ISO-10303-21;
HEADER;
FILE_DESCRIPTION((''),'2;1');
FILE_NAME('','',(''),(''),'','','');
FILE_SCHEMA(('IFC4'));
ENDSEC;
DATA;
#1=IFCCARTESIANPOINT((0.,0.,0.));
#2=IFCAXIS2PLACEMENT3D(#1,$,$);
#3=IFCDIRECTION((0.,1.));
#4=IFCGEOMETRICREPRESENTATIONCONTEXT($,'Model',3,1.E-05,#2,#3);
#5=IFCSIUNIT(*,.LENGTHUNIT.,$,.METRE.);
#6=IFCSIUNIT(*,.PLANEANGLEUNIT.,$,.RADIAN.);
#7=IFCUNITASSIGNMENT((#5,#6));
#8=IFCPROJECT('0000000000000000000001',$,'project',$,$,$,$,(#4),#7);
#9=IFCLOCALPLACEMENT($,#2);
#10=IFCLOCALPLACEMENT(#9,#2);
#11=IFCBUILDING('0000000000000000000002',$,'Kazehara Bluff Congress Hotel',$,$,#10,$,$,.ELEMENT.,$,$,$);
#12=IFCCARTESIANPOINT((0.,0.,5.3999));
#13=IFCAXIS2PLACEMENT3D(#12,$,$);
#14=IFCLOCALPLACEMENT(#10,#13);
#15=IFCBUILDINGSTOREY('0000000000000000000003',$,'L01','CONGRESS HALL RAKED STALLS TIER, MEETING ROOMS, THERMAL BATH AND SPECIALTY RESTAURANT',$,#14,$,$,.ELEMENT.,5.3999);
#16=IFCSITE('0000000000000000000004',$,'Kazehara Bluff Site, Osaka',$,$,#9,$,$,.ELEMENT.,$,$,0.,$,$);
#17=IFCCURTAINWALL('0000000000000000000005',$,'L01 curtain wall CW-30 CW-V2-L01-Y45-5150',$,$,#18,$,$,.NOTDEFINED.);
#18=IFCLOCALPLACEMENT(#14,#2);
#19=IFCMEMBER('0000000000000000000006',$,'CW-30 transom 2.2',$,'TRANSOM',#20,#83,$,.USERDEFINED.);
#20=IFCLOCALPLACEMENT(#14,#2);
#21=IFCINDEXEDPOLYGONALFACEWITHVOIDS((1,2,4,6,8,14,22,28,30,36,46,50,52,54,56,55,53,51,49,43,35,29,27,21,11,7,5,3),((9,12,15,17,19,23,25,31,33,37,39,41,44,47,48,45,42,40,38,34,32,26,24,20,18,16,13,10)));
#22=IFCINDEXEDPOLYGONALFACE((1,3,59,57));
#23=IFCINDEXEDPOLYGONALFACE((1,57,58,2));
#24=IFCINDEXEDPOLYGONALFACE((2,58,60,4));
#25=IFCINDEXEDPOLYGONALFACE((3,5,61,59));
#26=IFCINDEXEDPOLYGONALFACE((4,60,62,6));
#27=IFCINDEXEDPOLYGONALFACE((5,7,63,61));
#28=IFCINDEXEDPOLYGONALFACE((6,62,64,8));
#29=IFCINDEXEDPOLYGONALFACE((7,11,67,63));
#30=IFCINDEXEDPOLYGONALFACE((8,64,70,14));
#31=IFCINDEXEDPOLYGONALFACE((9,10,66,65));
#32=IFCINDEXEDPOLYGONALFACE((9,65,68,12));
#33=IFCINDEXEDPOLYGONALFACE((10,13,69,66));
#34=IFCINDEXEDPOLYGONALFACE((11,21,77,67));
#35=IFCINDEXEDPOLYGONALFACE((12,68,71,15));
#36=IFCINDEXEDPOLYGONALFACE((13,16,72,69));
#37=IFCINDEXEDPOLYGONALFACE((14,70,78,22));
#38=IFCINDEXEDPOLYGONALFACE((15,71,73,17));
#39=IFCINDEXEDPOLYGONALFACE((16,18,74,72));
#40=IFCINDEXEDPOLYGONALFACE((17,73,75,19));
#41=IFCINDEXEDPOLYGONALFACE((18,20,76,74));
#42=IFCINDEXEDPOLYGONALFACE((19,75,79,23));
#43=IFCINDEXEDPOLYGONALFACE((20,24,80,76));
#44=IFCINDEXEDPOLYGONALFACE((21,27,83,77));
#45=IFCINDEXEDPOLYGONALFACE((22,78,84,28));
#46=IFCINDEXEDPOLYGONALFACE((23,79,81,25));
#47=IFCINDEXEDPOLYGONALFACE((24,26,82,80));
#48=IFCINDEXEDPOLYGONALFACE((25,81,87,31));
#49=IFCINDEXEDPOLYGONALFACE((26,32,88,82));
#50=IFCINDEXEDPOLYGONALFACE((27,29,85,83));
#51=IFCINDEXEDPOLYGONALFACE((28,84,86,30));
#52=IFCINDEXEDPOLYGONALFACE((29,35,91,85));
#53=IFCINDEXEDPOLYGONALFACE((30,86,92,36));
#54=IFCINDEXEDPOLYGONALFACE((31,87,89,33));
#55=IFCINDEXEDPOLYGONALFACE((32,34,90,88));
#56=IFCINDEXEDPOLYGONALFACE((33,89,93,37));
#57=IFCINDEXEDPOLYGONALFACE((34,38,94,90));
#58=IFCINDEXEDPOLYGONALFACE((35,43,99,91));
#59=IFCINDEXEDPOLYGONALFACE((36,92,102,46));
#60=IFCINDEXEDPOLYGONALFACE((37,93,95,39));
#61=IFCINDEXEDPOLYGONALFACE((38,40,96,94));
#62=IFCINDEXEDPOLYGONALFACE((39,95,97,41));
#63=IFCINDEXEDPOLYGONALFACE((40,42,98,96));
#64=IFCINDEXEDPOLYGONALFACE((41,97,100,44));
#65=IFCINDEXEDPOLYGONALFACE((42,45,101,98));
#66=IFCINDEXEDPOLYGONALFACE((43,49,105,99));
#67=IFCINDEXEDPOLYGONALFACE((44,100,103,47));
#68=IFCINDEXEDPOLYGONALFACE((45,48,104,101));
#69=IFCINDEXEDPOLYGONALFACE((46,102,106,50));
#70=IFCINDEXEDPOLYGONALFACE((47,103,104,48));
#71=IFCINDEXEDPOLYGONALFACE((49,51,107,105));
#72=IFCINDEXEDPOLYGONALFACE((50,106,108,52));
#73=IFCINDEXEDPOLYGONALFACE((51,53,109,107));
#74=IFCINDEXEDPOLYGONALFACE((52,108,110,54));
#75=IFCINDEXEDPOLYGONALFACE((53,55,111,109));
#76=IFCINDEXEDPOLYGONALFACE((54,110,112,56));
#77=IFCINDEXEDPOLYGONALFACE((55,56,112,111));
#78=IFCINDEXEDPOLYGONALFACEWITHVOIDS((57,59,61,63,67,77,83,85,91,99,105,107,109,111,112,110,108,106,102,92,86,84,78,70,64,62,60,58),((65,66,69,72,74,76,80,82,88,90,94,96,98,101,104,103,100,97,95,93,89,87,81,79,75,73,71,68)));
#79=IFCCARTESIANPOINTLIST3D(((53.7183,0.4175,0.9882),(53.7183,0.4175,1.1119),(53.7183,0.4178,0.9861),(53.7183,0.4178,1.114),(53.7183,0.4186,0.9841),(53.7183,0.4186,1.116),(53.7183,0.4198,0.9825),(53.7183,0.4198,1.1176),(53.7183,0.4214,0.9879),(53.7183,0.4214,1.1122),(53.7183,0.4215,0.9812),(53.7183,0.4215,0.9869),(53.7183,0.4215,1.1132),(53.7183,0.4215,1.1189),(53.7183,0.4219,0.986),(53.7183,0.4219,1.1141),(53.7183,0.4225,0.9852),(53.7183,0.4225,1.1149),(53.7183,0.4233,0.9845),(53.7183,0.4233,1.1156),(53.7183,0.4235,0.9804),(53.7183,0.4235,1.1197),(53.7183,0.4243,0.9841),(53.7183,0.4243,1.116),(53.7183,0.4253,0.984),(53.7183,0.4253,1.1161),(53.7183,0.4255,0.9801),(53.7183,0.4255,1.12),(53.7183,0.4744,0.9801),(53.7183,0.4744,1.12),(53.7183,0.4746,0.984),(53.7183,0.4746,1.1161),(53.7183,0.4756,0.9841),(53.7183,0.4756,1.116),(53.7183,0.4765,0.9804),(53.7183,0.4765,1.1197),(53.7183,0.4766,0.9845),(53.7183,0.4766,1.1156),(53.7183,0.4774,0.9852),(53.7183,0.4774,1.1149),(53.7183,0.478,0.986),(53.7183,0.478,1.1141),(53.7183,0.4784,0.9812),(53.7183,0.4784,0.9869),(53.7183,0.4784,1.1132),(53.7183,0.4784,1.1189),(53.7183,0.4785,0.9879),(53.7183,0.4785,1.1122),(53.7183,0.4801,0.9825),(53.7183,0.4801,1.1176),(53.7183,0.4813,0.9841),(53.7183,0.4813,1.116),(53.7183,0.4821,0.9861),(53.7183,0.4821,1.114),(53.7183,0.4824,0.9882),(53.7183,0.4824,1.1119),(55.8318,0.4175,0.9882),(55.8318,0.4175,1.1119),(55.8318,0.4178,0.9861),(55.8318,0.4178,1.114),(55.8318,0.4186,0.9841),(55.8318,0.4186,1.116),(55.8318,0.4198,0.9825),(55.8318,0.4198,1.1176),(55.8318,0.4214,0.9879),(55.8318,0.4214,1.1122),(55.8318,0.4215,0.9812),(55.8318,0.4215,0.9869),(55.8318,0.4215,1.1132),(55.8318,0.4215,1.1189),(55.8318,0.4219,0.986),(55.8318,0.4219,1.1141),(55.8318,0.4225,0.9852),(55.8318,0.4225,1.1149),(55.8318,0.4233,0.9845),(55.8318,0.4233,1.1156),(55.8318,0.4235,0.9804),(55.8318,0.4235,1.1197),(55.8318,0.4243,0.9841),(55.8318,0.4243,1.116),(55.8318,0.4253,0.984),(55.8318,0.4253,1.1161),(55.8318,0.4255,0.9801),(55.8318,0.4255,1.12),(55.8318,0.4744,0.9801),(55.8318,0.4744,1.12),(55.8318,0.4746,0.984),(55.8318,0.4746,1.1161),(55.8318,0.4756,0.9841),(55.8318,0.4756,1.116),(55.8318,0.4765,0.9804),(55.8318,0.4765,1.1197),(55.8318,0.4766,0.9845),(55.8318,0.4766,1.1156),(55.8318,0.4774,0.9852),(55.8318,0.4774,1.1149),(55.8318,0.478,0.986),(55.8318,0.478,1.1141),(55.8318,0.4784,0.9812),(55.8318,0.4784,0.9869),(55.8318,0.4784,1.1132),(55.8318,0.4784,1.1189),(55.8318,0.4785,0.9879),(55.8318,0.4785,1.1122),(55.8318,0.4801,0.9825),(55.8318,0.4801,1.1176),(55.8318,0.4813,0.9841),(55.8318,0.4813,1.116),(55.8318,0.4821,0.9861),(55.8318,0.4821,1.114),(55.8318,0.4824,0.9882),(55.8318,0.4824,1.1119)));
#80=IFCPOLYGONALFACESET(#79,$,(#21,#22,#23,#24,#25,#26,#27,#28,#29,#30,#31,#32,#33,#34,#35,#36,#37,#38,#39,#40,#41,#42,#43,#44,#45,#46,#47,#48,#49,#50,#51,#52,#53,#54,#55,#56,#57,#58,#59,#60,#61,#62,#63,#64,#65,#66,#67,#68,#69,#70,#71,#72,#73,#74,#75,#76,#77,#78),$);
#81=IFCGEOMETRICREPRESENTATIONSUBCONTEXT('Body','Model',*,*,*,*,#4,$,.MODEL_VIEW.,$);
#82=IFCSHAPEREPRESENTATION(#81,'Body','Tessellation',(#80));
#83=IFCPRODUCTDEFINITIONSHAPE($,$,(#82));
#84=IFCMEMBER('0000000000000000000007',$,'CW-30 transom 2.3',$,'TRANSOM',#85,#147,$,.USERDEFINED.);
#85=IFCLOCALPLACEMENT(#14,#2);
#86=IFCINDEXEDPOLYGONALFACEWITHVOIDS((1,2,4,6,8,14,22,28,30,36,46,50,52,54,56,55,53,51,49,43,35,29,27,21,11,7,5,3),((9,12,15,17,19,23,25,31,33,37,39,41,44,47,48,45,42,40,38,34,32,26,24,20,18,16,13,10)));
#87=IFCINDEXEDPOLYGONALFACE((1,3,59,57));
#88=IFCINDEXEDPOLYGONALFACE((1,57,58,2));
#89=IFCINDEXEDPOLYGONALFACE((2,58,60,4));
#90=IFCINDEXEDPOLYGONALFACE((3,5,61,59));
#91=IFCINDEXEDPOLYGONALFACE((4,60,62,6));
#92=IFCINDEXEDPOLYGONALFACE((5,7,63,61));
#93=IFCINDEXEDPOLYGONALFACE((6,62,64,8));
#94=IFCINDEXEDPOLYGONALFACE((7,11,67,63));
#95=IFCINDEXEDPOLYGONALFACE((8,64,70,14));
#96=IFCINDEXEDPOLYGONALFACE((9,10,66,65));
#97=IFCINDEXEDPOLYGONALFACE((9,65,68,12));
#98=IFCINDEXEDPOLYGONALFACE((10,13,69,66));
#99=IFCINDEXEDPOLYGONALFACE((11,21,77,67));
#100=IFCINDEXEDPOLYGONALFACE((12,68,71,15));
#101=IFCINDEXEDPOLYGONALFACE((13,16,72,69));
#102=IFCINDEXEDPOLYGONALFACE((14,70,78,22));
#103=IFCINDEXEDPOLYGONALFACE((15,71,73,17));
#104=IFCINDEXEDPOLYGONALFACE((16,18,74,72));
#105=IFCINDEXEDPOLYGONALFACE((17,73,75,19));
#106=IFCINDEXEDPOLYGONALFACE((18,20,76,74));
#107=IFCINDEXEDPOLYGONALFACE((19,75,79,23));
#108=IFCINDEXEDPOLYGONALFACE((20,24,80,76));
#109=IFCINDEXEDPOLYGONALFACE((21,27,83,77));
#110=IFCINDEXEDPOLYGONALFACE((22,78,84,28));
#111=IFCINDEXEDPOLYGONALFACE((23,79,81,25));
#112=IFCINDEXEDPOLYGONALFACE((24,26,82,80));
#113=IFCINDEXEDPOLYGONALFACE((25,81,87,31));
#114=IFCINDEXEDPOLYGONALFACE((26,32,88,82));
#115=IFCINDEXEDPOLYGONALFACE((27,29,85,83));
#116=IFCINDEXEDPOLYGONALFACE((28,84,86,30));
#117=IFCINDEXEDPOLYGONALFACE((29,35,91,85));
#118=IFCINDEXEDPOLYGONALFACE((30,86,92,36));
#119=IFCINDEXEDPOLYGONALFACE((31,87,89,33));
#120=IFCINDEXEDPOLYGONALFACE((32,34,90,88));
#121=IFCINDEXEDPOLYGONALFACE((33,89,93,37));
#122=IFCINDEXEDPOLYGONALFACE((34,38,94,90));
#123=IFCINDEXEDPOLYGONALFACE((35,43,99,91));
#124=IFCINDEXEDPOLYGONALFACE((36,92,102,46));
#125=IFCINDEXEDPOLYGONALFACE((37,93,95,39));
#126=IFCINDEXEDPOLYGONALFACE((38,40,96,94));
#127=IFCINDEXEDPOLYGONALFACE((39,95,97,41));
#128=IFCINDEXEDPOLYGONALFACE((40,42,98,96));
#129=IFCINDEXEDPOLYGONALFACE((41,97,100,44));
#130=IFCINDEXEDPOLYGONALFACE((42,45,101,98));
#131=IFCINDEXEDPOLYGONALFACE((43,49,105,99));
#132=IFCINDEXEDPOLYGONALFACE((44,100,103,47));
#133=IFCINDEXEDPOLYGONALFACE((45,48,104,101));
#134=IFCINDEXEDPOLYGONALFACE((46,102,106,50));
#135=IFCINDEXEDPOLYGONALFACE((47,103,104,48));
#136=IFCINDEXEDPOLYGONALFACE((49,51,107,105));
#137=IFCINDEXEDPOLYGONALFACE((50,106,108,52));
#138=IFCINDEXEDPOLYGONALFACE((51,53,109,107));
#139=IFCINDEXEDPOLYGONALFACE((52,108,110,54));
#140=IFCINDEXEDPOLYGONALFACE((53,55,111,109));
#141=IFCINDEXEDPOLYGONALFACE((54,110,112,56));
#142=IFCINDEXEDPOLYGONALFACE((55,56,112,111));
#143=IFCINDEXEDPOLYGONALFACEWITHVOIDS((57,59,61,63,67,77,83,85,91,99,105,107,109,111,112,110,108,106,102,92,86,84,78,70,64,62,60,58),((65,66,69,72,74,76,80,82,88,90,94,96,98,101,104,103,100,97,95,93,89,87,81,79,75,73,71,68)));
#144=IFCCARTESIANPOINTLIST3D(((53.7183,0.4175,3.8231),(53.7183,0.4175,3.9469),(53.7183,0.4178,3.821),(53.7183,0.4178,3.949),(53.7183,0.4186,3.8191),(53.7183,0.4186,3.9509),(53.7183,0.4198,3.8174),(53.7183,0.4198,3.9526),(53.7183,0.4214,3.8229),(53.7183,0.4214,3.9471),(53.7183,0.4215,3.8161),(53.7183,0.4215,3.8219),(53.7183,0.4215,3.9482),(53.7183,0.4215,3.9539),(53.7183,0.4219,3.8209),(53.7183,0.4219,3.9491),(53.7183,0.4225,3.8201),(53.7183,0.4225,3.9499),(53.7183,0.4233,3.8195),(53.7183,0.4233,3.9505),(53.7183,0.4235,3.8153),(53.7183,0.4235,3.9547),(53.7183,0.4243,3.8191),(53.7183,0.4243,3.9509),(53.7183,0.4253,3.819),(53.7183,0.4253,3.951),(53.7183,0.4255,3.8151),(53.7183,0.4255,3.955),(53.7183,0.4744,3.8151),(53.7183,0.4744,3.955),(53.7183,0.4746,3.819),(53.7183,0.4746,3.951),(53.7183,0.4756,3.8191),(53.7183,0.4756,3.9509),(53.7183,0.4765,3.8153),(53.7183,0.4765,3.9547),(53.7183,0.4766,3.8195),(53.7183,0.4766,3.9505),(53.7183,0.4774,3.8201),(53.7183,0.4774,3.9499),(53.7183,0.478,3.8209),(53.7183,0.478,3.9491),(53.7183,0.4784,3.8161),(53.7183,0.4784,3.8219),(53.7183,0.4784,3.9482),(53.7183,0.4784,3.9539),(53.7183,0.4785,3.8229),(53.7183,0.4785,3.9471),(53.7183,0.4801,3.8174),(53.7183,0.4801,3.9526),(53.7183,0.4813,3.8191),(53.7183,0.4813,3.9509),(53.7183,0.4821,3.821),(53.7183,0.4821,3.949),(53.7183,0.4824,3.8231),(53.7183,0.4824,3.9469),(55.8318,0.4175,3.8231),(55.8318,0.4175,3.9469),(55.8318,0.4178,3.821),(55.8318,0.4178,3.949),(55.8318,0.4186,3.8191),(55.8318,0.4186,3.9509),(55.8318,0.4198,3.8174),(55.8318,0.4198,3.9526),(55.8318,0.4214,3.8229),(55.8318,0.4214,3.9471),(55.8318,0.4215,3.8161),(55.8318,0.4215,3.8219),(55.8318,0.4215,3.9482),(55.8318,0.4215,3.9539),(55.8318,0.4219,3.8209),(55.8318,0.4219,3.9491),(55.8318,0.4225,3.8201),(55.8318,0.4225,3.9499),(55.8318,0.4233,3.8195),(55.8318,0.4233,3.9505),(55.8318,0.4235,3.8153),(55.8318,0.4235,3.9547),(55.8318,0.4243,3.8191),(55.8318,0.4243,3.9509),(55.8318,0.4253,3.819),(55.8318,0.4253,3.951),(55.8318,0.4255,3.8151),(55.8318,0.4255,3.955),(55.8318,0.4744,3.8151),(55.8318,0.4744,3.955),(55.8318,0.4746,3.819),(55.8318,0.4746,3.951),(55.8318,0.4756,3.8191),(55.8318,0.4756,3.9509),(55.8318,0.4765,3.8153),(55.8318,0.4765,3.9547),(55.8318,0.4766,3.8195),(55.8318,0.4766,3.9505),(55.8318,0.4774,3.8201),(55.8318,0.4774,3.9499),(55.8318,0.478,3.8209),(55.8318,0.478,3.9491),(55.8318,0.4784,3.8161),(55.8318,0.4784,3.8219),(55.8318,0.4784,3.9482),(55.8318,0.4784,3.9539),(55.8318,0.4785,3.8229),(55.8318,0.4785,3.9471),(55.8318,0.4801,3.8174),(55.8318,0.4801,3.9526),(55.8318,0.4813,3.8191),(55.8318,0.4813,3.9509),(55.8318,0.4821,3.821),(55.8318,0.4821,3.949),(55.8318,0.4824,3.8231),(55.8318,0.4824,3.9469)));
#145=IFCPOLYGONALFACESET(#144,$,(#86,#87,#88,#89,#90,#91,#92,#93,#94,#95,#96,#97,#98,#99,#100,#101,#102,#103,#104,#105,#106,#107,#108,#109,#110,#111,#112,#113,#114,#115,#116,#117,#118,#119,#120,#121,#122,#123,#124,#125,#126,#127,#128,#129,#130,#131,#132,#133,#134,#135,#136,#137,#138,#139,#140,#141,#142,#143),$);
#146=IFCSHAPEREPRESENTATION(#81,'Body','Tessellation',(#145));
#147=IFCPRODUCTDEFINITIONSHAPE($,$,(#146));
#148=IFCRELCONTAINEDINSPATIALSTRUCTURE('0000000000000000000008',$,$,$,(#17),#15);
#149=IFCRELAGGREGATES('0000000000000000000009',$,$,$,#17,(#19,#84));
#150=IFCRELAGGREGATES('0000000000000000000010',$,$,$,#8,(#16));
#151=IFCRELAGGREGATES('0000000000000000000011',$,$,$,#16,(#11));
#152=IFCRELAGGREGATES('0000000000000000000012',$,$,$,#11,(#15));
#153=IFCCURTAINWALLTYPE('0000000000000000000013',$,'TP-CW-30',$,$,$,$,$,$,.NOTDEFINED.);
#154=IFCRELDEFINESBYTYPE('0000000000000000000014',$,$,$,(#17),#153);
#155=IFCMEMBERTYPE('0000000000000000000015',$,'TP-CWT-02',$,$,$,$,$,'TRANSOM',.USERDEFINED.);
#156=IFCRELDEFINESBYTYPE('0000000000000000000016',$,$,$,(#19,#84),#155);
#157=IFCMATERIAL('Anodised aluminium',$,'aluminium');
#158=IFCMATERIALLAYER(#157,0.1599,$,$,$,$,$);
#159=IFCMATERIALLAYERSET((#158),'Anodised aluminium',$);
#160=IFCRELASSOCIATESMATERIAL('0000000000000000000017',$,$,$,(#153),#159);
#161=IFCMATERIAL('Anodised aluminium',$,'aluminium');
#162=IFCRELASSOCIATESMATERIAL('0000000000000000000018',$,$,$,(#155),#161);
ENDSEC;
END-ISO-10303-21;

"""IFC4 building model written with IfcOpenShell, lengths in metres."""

from ifc_helpers import new_model, si_unit, direction, frame, origin, origin_2d, place, context, subcontext, project, spatial, hollow_rectangle, extrude, material, layer, layer_set, material_profile, profile_set, type_object, element, aggregate, save


model = new_model("IFC4")

# Units and contexts
model_context = context("Model", 3, precision=1e-05, world=origin(), true_north=direction((0.0, 1.0)))
body_context = subcontext(model_context, "Body", "Model", "MODEL_VIEW")
ifc_project = project(units=[si_unit("LENGTHUNIT", "METRE"), si_unit("PLANEANGLEUNIT", "RADIAN")], contexts=[model_context])

# Site, building, storey
site_placement = place(None, origin())
site = spatial("IfcSite", under=ifc_project, at=site_placement, Name="Kazehara Bluff Site, Osaka", CompositionType="ELEMENT", RefElevation=0.0)
building_placement = place(site_placement, origin())
building = spatial("IfcBuilding", under=site, at=building_placement, Name="Kazehara Bluff Congress Hotel", CompositionType="ELEMENT")
storey_placement = place(building_placement, frame((0.0, 0.0, 5.3999)))
storey = spatial("IfcBuildingStorey", under=building, at=storey_placement, Name="L01", Description="CONGRESS HALL RAKED STALLS TIER, MEETING ROOMS, THERMAL BATH AND SPECIALTY RESTAURANT", CompositionType="ELEMENT", Elevation=5.3999)

# Curtain wall, members
ifc_material_1 = material(Name="Anodised aluminium", Category="aluminium")
ifc_layer_1 = layer(ifc_material_1, 0.1599)
ifc_layer_set_1 = layer_set([ifc_layer_1], Name="Anodised aluminium")
curtain_wall_type = type_object("IfcCurtainWallType", Name="TP-CW-30", PredefinedType="NOTDEFINED", material=ifc_layer_set_1)
curtain_wall_placement = place(storey_placement, origin())
curtain_wall = element("IfcCurtainWall", 1, at=curtain_wall_placement, inside=storey, type_object=curtain_wall_type, Name="L01 curtain wall CW-30 CW-V2-L01-Y45-5150", PredefinedType="NOTDEFINED")
ifc_material_2 = material(Name="Anodised aluminium", Category="aluminium")
ifc_material_profile_1 = material_profile(ifc_material_2, hollow_rectangle(XDim=0.0649, YDim=0.1399, WallThickness=0.0039, InnerFilletRadius=0.0039, OuterFilletRadius=0.0081, at=origin_2d()))
ifc_profile_set_1 = profile_set([ifc_material_profile_1], Name="Anodised aluminium")
member_type_1 = type_object("IfcMemberType", Name="TP-CWT-02", ElementType="TRANSOM", PredefinedType="USERDEFINED", material=ifc_profile_set_1)
member_1_placement = place(storey_placement, frame((53.7183, 0.45, 1.05), z_axis=(1.0, 0.0, 0.0), x_axis=(0.0, 1.0, 0.0)))
member_1 = element("IfcMember", 2, at=member_1_placement, type_object=member_type_1, Name="CW-30 transom 2.2", ObjectType="TRANSOM", PredefinedType="USERDEFINED", context=body_context, shape_type="SweptSolid", body=[
    extrude(hollow_rectangle(XDim=0.0649, YDim=0.1399, WallThickness=0.0039, InnerFilletRadius=0.0039, OuterFilletRadius=0.0081, at=origin_2d()), origin(), (0.0, 0.0, 1.0), 2.1135),
])
member_2_placement = place(storey_placement, frame((53.7183, 0.45, 3.885), z_axis=(1.0, 0.0, 0.0), x_axis=(0.0, 1.0, 0.0)))
member_2 = element("IfcMember", 3, at=member_2_placement, type_object=member_type_1, Name="CW-30 transom 2.3", ObjectType="TRANSOM", PredefinedType="USERDEFINED", context=body_context, shape_type="SweptSolid", body=[
    extrude(hollow_rectangle(XDim=0.0649, YDim=0.1399, WallThickness=0.0039, InnerFilletRadius=0.0039, OuterFilletRadius=0.0081, at=origin_2d()), origin(), (0.0, 0.0, 1.0), 2.1135),
])

aggregate(curtain_wall, [member_1, member_2])

save(model, "model.ifc")
